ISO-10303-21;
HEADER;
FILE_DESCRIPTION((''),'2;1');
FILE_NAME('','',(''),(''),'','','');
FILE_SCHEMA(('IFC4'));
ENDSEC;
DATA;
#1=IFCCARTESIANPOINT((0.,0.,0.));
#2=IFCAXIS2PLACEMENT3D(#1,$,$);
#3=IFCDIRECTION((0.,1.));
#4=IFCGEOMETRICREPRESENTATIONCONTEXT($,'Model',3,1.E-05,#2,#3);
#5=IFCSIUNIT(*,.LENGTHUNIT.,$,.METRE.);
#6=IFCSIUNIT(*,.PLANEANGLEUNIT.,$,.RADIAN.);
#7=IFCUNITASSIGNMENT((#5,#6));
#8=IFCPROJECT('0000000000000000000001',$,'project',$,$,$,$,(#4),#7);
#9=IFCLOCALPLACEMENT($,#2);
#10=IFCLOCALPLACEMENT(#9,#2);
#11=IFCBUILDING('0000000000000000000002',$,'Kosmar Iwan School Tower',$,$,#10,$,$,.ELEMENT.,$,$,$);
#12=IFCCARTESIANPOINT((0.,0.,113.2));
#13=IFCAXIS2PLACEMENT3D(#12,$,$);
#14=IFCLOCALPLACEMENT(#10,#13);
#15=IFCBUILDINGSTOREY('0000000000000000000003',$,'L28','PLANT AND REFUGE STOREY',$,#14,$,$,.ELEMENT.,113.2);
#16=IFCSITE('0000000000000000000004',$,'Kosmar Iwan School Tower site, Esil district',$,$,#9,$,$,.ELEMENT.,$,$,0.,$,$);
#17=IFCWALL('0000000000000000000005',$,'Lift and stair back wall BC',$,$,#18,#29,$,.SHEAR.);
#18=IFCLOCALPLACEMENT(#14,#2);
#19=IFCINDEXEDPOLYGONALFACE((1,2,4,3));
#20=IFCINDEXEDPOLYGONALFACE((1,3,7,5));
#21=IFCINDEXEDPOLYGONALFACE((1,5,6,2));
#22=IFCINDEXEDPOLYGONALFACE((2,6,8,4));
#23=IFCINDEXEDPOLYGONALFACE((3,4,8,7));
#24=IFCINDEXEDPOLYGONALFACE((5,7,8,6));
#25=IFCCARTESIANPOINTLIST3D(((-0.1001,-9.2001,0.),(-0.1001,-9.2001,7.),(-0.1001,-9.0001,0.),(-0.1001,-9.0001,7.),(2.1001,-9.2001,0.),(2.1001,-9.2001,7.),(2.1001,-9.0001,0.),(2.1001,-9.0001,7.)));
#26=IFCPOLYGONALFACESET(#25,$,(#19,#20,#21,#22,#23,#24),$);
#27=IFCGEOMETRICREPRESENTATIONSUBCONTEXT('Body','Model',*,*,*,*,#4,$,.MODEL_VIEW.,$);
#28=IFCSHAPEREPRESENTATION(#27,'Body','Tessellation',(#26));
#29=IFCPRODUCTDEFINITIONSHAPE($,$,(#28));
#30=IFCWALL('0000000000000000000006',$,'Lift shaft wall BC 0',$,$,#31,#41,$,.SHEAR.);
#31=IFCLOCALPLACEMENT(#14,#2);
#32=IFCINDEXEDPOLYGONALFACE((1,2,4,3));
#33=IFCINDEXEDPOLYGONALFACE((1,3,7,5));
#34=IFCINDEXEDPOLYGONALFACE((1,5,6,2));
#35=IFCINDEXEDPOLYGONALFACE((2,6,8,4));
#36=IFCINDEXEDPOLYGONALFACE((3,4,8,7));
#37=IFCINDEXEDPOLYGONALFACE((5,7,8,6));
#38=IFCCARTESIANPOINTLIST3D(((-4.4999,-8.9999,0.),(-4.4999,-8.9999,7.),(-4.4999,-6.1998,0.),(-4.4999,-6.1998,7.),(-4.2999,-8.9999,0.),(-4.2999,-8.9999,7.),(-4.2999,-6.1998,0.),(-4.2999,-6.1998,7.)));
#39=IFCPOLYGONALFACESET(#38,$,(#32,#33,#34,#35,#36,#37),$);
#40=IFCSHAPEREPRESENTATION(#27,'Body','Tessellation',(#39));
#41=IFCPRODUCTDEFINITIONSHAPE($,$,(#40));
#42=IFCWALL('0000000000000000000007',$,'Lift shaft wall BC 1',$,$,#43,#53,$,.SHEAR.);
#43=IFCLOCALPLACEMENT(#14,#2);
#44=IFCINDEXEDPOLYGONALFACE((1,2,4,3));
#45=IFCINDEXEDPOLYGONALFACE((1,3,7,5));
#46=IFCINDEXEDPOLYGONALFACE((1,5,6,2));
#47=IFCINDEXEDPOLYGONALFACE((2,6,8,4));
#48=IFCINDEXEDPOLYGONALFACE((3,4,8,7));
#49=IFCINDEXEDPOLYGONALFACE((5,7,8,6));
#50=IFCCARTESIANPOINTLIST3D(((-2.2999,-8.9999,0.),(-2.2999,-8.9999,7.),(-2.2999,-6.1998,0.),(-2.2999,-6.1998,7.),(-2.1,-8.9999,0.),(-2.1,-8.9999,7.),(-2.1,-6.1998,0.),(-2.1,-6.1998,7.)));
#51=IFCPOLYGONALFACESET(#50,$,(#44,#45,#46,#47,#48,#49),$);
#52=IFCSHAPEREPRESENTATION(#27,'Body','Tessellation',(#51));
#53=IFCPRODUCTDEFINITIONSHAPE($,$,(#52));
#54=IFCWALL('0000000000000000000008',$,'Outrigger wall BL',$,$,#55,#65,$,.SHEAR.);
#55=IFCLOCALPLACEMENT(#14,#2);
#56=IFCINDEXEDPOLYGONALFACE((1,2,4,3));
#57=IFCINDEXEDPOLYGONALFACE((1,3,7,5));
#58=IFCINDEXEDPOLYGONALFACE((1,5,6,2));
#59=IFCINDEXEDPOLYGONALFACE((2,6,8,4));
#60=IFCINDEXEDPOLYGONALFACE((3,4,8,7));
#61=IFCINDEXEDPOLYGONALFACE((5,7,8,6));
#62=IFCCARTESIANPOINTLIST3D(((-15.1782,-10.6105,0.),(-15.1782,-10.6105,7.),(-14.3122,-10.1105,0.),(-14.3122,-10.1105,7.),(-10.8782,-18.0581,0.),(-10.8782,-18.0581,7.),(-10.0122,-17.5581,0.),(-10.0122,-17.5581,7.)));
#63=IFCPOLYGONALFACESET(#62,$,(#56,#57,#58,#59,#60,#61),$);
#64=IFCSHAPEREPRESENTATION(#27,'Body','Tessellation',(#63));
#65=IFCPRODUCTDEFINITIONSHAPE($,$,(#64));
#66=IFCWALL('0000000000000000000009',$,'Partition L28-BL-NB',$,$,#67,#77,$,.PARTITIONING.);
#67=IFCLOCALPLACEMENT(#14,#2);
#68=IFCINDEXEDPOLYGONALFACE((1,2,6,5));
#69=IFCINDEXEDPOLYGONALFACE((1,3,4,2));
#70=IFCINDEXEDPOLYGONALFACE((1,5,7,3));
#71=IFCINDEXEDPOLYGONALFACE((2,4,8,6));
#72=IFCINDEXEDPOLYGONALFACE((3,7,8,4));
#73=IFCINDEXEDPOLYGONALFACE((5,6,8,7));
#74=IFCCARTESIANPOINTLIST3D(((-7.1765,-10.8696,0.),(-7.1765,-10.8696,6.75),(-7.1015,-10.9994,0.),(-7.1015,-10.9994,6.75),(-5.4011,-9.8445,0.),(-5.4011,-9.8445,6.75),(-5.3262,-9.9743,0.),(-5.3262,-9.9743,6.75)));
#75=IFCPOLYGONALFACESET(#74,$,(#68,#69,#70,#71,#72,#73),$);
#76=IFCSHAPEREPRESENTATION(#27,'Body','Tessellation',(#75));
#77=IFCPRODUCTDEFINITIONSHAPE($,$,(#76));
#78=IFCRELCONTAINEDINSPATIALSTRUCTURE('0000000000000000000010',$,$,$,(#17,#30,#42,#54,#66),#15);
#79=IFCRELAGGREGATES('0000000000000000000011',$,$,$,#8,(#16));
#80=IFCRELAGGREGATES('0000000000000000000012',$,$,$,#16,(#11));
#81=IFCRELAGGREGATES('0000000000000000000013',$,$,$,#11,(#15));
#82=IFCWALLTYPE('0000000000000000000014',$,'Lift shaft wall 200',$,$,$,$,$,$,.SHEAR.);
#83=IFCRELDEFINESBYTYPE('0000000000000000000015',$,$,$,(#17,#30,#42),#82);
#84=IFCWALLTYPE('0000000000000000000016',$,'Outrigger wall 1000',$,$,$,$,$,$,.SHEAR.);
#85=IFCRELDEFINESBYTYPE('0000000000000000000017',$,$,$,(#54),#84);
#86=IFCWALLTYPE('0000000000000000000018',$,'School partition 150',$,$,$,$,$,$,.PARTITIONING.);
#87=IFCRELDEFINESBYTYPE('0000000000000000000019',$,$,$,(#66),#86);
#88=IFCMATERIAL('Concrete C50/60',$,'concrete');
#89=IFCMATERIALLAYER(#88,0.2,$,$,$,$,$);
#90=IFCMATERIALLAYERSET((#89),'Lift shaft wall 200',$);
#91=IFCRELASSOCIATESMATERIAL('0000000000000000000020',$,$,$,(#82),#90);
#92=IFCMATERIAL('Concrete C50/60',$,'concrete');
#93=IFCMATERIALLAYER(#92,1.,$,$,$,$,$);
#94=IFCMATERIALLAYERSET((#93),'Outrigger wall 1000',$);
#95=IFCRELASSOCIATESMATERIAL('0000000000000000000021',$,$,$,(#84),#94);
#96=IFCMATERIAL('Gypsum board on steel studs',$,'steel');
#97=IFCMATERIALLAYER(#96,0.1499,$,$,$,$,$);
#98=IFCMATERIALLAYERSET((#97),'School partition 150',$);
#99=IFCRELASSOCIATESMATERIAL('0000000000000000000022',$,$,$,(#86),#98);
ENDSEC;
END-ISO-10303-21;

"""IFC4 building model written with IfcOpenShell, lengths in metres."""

from ifc_helpers import new_model, si_unit, direction, frame, frame_2d, origin, place, context, subcontext, project, spatial, rectangle, extrude, material, layer, layer_set, type_object, element, save


model = new_model("IFC4")

# Units and contexts
model_context = context("Model", 3, precision=1e-05, world=origin(), true_north=direction((0.0, 1.0)))
body_context = subcontext(model_context, "Body", "Model", "MODEL_VIEW")
ifc_project = project(units=[si_unit("LENGTHUNIT", "METRE"), si_unit("PLANEANGLEUNIT", "RADIAN")], contexts=[model_context])

# Site, building, storey
site_placement = place(None, origin())
site = spatial("IfcSite", under=ifc_project, at=site_placement, Name="Kosmar Iwan School Tower site, Esil district", CompositionType="ELEMENT", RefElevation=0.0)
building_placement = place(site_placement, origin())
building = spatial("IfcBuilding", under=site, at=building_placement, Name="Kosmar Iwan School Tower", CompositionType="ELEMENT")
storey_placement = place(building_placement, frame((0.0, 0.0, 113.2)))
storey = spatial("IfcBuildingStorey", under=building, at=storey_placement, Name="L28", Description="PLANT AND REFUGE STOREY", CompositionType="ELEMENT", Elevation=113.2)

# Walls
ifc_material_1 = material(Name="Concrete C50/60", Category="concrete")
ifc_layer_1 = layer(ifc_material_1, 0.2)
ifc_layer_set_1 = layer_set([ifc_layer_1], Name="Lift shaft wall 200")
wall_type_1 = type_object("IfcWallType", Name="Lift shaft wall 200", PredefinedType="SHEAR", material=ifc_layer_set_1)
wall_1_placement = place(storey_placement, frame((-0.1001, -9.1001, 0.0), z_axis=(0.0, 0.0, 1.0), x_axis=(1.0, 0.0, 0.0)))
element("IfcWall", 1, at=wall_1_placement, inside=storey, type_object=wall_type_1, Name="Lift and stair back wall BC", PredefinedType="SHEAR", context=body_context, shape_type="SweptSolid", body=[
    extrude(rectangle(XDim=2.2002, YDim=0.2, at=frame_2d((1.1001, 0.0))), origin(), (0.0, 0.0, 1.0), 7.0),
])
for number, where, z_axis, x_axis, name in (
    (2, (-4.3999, -6.2, 0.0), (0.0, 0.0, 1.0), (0.0, -1.0, 0.0), "Lift shaft wall BC 0"),
    (3, (-2.2, -6.2, 0.0), (0.0, 0.0, 1.0), (0.0, -1.0, 0.0), "Lift shaft wall BC 1"),
):
    element("IfcWall", number, at=place(storey_placement, frame(where, z_axis=z_axis, x_axis=x_axis)), inside=storey, type_object=wall_type_1, Name=name, PredefinedType="SHEAR", context=body_context, shape_type="SweptSolid", body=[
        extrude(rectangle(XDim=2.8, YDim=0.2, at=frame_2d((1.3999, 0.0))), origin(), (0.0, 0.0, 1.0), 7.0),
    ])
ifc_material_2 = material(Name="Concrete C50/60", Category="concrete")
ifc_layer_2 = layer(ifc_material_2, 1.0)
ifc_layer_set_2 = layer_set([ifc_layer_2], Name="Outrigger wall 1000")
wall_type_2 = type_object("IfcWallType", Name="Outrigger wall 1000", PredefinedType="SHEAR", material=ifc_layer_set_2)
wall_2_placement = place(storey_placement, frame((-14.7451, -10.3606, 0.0), z_axis=(0.0, 0.0, 1.0), x_axis=(0.500008, -0.866021, 0.0)))
element("IfcWall", 4, at=wall_2_placement, inside=storey, type_object=wall_type_2, Name="Outrigger wall BL", PredefinedType="SHEAR", context=body_context, shape_type="SweptSolid", body=[
    extrude(rectangle(XDim=8.5999, YDim=1.0, at=frame_2d((4.2998, 0.0))), origin(), (0.0, 0.0, 1.0), 7.0),
])
ifc_material_3 = material(Name="Gypsum board on steel studs", Category="steel")
ifc_layer_3 = layer(ifc_material_3, 0.1499)
ifc_layer_set_3 = layer_set([ifc_layer_3], Name="School partition 150")
wall_type_3 = type_object("IfcWallType", Name="School partition 150", PredefinedType="PARTITIONING", material=ifc_layer_set_3)
wall_3_placement = place(storey_placement, frame((-5.3638, -9.9094, 0.0), z_axis=(0.0, 0.0, 1.0), x_axis=(-0.865999, -0.500045, 0.0)))
element("IfcWall", 5, at=wall_3_placement, inside=storey, type_object=wall_type_3, Name="Partition L28-BL-NB", PredefinedType="PARTITIONING", context=body_context, shape_type="SweptSolid", body=[
    extrude(rectangle(XDim=2.05, YDim=0.1499, at=frame_2d((1.0249, 0.0))), origin(), (0.0, 0.0, 1.0), 6.75),
])

save(model, "model.ifc")
